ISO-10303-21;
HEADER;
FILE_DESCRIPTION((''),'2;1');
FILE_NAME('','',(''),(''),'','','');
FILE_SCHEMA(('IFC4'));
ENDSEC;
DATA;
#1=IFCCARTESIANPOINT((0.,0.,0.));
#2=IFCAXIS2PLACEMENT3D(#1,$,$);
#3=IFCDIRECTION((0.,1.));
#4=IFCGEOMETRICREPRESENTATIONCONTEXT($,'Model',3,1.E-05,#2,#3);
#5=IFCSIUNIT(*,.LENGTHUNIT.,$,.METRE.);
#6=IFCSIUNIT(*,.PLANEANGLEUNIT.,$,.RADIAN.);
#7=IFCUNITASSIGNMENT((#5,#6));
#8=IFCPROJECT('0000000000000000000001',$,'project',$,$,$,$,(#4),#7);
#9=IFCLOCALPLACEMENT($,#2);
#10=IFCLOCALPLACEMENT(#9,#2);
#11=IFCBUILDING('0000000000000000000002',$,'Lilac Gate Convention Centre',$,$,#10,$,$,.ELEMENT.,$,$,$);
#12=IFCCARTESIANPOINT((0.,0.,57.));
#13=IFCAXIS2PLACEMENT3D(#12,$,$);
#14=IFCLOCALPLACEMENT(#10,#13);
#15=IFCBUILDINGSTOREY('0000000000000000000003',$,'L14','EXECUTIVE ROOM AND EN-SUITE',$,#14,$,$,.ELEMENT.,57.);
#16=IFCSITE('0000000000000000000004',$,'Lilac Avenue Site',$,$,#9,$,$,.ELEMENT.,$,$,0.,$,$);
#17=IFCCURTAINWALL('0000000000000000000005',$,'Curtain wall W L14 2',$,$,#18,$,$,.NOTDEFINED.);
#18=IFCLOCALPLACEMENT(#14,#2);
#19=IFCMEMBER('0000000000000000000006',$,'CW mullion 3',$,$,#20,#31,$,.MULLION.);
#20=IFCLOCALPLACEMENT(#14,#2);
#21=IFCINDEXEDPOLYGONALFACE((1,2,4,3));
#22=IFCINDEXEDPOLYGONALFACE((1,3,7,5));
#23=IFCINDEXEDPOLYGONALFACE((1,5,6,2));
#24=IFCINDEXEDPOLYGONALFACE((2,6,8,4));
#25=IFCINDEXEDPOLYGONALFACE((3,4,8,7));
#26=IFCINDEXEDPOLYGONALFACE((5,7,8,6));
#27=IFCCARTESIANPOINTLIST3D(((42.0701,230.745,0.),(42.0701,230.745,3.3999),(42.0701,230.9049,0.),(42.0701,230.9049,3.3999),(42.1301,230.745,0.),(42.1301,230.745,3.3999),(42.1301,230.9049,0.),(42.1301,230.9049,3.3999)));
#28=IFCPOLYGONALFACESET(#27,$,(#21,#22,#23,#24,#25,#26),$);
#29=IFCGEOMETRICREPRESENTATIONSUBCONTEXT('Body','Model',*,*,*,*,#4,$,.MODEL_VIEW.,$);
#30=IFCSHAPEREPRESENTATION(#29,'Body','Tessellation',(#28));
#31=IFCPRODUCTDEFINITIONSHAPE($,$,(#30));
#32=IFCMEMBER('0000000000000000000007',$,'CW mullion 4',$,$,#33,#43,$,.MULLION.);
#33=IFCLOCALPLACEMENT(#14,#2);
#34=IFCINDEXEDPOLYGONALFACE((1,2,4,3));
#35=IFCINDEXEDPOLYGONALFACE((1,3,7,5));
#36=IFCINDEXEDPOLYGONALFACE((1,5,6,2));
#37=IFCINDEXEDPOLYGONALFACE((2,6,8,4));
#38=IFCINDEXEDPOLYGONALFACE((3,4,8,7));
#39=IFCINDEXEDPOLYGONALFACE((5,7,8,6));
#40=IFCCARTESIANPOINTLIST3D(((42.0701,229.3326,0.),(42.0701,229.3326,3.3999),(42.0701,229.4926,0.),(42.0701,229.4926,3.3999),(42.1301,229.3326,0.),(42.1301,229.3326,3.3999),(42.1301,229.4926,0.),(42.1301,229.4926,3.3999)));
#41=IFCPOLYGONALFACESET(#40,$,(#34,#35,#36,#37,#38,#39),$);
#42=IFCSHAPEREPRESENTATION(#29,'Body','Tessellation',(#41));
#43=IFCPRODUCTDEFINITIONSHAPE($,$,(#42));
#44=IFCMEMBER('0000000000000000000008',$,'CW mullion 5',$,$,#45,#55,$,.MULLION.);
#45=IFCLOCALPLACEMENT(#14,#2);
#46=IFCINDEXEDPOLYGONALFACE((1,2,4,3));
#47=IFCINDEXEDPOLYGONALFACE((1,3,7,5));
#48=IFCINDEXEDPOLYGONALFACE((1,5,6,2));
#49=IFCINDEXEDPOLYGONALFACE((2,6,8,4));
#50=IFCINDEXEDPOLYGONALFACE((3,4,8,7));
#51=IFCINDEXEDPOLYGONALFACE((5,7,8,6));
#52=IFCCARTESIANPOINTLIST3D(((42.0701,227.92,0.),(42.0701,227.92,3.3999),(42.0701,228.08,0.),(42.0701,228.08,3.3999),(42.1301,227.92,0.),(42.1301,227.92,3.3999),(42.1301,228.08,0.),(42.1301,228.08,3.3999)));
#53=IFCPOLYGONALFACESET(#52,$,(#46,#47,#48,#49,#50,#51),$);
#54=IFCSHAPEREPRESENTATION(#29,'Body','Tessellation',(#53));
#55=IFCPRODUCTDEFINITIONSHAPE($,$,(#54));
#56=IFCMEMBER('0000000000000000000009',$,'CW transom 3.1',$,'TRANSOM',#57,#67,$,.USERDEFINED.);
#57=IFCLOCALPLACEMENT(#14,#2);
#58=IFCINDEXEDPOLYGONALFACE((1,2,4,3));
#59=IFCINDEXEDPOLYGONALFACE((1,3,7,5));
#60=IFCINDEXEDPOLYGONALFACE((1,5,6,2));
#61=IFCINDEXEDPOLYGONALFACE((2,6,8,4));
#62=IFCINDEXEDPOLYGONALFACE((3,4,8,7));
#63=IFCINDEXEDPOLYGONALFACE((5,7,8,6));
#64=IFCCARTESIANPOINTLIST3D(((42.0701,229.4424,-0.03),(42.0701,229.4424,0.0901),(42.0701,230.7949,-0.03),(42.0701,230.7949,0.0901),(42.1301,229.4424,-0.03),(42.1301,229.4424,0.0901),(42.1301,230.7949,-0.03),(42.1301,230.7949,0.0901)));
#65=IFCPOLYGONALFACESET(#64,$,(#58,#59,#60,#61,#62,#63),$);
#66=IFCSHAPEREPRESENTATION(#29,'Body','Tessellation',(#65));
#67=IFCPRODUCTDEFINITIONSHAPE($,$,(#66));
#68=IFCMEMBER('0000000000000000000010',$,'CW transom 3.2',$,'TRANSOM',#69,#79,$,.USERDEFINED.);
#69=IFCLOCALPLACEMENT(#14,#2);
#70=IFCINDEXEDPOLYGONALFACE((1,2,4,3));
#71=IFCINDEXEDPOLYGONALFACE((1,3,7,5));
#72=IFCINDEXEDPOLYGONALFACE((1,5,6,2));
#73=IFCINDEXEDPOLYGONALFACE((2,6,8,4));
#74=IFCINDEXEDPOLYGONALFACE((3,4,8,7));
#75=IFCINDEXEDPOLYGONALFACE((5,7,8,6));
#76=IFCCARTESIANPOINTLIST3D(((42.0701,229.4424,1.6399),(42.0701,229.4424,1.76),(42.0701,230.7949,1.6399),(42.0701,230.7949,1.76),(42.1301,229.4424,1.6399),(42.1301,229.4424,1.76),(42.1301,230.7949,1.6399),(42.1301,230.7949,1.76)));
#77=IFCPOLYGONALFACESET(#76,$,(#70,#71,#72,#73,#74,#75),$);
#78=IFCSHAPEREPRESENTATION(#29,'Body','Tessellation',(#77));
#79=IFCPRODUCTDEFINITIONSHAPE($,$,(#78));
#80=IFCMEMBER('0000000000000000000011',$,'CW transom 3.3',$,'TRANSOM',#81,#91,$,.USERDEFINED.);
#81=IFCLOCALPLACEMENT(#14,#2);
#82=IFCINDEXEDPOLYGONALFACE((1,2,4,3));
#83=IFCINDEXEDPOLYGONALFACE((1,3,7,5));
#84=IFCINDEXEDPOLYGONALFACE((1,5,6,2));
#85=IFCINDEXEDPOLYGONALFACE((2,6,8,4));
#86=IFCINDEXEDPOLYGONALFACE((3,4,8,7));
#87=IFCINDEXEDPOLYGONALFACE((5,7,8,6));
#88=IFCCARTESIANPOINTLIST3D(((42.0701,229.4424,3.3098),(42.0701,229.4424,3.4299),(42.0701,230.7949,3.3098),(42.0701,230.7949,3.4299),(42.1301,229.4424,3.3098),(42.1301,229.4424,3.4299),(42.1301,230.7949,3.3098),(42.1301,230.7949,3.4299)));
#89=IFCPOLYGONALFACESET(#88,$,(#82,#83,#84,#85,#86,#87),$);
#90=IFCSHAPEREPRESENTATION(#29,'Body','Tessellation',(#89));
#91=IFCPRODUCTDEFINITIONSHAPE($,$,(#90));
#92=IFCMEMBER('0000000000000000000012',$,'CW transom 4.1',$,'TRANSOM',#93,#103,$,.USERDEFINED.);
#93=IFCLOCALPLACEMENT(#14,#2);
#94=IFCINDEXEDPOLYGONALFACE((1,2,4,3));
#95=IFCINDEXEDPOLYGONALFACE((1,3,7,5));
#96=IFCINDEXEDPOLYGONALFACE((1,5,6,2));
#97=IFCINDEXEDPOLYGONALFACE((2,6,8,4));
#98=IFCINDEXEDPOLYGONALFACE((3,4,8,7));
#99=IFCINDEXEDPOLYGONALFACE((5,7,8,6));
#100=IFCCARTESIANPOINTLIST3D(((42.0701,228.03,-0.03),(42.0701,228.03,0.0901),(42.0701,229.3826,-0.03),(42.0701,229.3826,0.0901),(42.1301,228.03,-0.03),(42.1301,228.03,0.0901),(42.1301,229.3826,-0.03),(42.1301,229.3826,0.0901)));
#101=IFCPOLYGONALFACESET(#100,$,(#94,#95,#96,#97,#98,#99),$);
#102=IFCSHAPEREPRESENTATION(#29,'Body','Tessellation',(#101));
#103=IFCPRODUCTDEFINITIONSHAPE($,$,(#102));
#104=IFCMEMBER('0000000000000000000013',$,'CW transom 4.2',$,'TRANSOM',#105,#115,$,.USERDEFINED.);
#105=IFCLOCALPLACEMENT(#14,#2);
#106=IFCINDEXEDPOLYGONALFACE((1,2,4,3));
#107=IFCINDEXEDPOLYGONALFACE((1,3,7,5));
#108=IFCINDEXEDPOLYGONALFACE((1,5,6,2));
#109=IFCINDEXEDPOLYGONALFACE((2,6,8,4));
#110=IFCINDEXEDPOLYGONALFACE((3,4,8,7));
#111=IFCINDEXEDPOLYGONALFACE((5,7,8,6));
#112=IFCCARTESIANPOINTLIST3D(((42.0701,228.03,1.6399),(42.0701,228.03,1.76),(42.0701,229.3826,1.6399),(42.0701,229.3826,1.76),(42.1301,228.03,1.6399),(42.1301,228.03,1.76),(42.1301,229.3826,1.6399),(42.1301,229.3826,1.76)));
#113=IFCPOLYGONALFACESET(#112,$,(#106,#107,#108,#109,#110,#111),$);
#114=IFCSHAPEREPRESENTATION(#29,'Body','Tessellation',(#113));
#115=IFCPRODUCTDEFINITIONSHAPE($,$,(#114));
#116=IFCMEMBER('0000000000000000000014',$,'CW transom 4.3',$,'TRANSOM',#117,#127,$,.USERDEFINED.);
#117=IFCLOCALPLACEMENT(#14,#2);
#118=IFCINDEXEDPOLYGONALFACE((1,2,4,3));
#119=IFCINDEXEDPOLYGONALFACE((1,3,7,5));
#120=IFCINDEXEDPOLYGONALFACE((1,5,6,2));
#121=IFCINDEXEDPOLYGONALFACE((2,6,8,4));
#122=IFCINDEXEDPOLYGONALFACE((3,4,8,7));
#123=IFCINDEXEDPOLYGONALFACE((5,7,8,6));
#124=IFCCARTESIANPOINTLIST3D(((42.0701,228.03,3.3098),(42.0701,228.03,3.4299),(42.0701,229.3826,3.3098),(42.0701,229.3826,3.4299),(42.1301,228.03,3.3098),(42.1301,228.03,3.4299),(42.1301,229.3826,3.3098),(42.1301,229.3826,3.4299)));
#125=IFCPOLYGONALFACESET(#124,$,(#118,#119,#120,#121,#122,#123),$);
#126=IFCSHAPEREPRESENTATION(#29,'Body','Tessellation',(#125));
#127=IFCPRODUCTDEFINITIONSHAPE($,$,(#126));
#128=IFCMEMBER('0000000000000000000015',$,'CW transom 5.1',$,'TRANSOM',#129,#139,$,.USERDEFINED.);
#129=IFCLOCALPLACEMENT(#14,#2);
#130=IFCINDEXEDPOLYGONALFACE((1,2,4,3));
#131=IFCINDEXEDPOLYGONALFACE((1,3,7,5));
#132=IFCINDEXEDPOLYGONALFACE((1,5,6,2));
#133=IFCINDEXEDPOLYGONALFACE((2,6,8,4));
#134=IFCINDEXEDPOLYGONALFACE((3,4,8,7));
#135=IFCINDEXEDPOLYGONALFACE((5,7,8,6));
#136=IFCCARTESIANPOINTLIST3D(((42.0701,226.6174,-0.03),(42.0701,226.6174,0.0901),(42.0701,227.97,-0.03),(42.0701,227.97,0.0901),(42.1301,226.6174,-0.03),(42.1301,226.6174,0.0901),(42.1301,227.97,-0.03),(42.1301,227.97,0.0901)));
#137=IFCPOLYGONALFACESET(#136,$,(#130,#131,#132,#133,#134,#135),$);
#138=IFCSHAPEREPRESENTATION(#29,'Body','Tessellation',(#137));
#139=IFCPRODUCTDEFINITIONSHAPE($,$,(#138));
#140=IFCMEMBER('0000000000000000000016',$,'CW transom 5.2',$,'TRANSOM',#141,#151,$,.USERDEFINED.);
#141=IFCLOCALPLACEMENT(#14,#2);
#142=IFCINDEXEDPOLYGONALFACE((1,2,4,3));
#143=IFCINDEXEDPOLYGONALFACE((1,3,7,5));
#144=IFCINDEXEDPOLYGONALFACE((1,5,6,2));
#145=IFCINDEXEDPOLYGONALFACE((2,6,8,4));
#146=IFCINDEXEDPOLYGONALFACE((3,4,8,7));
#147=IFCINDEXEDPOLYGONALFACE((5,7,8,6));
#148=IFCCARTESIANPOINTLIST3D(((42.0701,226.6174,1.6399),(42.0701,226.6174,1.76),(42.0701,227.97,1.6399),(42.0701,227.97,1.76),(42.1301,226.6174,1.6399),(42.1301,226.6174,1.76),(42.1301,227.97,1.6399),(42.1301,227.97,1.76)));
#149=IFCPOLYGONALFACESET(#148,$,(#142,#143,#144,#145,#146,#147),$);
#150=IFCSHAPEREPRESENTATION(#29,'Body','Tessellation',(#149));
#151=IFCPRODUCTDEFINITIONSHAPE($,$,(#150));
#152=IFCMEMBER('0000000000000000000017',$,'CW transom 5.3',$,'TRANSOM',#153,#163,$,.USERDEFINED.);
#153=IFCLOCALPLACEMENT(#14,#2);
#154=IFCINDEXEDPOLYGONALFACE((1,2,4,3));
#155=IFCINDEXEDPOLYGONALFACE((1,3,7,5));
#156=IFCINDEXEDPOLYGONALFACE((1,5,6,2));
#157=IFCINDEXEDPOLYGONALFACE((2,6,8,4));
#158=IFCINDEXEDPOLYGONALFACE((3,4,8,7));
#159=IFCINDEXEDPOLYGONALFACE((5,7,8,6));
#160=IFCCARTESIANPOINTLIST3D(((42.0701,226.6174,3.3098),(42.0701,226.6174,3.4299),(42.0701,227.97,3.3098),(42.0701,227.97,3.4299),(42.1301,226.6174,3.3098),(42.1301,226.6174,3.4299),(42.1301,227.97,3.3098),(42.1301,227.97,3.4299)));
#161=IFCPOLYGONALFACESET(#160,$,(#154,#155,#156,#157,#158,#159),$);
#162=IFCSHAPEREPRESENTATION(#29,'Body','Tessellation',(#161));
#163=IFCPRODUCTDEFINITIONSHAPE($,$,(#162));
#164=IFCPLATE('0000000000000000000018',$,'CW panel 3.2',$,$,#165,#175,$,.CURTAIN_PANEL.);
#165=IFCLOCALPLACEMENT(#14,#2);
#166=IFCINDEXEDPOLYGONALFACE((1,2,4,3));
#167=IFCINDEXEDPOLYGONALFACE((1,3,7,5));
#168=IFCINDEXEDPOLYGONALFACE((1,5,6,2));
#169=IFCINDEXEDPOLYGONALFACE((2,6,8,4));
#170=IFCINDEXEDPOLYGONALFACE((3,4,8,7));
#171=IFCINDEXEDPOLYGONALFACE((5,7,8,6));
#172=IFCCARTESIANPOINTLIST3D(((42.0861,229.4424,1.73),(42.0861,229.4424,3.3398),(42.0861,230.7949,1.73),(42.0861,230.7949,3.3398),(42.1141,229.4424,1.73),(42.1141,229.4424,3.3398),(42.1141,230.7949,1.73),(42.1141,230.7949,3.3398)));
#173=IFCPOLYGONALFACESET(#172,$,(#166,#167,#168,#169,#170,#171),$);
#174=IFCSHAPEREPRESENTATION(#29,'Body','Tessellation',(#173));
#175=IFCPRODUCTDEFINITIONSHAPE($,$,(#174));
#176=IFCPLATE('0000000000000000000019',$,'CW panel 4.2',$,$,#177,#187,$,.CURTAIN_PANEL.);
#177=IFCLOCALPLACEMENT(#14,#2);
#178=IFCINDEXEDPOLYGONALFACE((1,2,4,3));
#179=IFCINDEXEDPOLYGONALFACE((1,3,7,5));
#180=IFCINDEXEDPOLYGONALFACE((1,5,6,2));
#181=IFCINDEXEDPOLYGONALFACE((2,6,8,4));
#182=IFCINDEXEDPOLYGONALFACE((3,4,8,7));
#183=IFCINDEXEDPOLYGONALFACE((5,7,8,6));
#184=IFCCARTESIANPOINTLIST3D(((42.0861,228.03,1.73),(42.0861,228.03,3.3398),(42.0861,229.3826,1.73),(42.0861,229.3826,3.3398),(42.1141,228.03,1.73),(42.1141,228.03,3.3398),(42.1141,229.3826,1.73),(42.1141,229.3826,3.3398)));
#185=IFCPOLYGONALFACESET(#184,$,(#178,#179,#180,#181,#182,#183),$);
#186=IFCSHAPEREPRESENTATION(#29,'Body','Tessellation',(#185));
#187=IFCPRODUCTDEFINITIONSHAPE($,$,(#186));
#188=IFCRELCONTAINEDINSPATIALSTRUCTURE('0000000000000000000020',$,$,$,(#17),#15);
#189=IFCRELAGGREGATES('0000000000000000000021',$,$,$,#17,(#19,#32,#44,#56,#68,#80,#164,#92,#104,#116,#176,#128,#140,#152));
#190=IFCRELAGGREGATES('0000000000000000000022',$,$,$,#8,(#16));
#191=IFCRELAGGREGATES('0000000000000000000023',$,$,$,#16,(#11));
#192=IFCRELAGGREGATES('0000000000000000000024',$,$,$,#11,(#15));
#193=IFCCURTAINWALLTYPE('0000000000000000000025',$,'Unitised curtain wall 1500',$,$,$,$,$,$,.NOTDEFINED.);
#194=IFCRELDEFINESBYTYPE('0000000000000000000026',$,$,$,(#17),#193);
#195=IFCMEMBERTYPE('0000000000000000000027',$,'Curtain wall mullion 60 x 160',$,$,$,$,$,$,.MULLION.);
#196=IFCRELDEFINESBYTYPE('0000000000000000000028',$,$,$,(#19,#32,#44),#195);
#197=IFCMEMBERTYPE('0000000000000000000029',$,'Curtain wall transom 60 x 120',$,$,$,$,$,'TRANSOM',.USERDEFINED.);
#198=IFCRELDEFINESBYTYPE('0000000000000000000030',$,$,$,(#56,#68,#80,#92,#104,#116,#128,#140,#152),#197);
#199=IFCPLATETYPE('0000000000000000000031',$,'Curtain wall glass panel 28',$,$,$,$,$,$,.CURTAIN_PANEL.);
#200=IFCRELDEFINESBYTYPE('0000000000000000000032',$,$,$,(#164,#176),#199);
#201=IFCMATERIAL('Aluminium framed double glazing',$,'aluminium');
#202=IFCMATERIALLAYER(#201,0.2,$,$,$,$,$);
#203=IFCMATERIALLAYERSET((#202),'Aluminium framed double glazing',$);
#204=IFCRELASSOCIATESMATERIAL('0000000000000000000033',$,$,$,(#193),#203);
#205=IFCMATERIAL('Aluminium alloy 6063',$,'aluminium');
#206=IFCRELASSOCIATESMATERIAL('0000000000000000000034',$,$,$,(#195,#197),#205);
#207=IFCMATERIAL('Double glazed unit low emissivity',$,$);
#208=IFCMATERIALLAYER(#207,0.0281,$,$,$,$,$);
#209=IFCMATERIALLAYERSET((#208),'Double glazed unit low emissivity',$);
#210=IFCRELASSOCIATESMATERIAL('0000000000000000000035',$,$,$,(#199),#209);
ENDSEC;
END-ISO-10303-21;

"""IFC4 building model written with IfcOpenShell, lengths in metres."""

from ifc_helpers import new_model, si_unit, direction, frame, origin, origin_2d, place, context, subcontext, project, spatial, rectangle, extrude, material, layer, layer_set, material_profile, profile_set, type_object, element, aggregate, save


model = new_model("IFC4")

# Units and contexts
model_context = context("Model", 3, precision=1e-05, world=origin(), true_north=direction((0.0, 1.0)))
body_context = subcontext(model_context, "Body", "Model", "MODEL_VIEW")
ifc_project = project(units=[si_unit("LENGTHUNIT", "METRE"), si_unit("PLANEANGLEUNIT", "RADIAN")], contexts=[model_context])

# Site, building, storey
site_placement = place(None, origin())
site = spatial("IfcSite", under=ifc_project, at=site_placement, Name="Lilac Avenue Site", CompositionType="ELEMENT", RefElevation=0.0)
building_placement = place(site_placement, origin())
building = spatial("IfcBuilding", under=site, at=building_placement, Name="Lilac Gate Convention Centre", CompositionType="ELEMENT")
storey_placement = place(building_placement, frame((0.0, 0.0, 57.0)))
storey = spatial("IfcBuildingStorey", under=building, at=storey_placement, Name="L14", Description="EXECUTIVE ROOM AND EN-SUITE", CompositionType="ELEMENT", Elevation=57.0)

# Curtain wall, members, plates
ifc_material_1 = material(Name="Aluminium framed double glazing", Category="aluminium")
ifc_layer_1 = layer(ifc_material_1, 0.2)
ifc_layer_set_1 = layer_set([ifc_layer_1], Name="Aluminium framed double glazing")
curtain_wall_type = type_object("IfcCurtainWallType", Name="Unitised curtain wall 1500", PredefinedType="NOTDEFINED", material=ifc_layer_set_1)
curtain_wall_placement = place(storey_placement, origin())
curtain_wall = element("IfcCurtainWall", 1, at=curtain_wall_placement, inside=storey, type_object=curtain_wall_type, Name="Curtain wall W L14 2", PredefinedType="NOTDEFINED")
ifc_material_2 = material(Name="Aluminium alloy 6063", Category="aluminium")
ifc_material_profile_1 = material_profile(ifc_material_2, rectangle(XDim=0.0601, YDim=0.1599, at=origin_2d()), Name="Curtain wall mullion 60 x 160")
ifc_profile_set_1 = profile_set([ifc_material_profile_1], Name="Aluminium alloy 6063")
member_type_1 = type_object("IfcMemberType", Name="Curtain wall mullion 60 x 160", PredefinedType="MULLION", material=ifc_profile_set_1)
member_1_placement = place(storey_placement, frame((42.1001, 230.825, 0.0), z_axis=(0.0, 0.0, 1.0), x_axis=(1.0, 0.0, 0.0)))
member_1 = element("IfcMember", 2, at=member_1_placement, type_object=member_type_1, Name="CW mullion 3", PredefinedType="MULLION", context=body_context, shape_type="SweptSolid", body=[
    extrude(rectangle(XDim=0.0601, YDim=0.1599, at=origin_2d()), origin(), (0.0, 0.0, 1.0), 3.3999),
])
member_2_placement = place(storey_placement, frame((42.1001, 229.4126, 0.0), z_axis=(0.0, 0.0, 1.0), x_axis=(1.0, 0.0, 0.0)))
member_2 = element("IfcMember", 3, at=member_2_placement, type_object=member_type_1, Name="CW mullion 4", PredefinedType="MULLION", context=body_context, shape_type="SweptSolid", body=[
    extrude(rectangle(XDim=0.0601, YDim=0.1599, at=origin_2d()), origin(), (0.0, 0.0, 1.0), 3.3999),
])
member_3_placement = place(storey_placement, frame((42.1001, 228.0, 0.0), z_axis=(0.0, 0.0, 1.0), x_axis=(1.0, 0.0, 0.0)))
member_3 = element("IfcMember", 4, at=member_3_placement, type_object=member_type_1, Name="CW mullion 5", PredefinedType="MULLION", context=body_context, shape_type="SweptSolid", body=[
    extrude(rectangle(XDim=0.0601, YDim=0.1599, at=origin_2d()), origin(), (0.0, 0.0, 1.0), 3.3999),
])
ifc_material_profile_2 = material_profile(ifc_material_2, rectangle(XDim=0.0601, YDim=0.1201, at=origin_2d()), Name="Curtain wall transom 60 x 120")
ifc_profile_set_2 = profile_set([ifc_material_profile_2], Name="Aluminium alloy 6063")
member_type_2 = type_object("IfcMemberType", Name="Curtain wall transom 60 x 120", ElementType="TRANSOM", PredefinedType="USERDEFINED", material=ifc_profile_set_2)
member_4_placement = place(storey_placement, frame((42.1001, 230.7949, 0.03), z_axis=(0.0, -1.0, 0.0), x_axis=(1.0, 0.0, 0.0)))
member_4 = element("IfcMember", 5, at=member_4_placement, type_object=member_type_2, Name="CW transom 3.1", ObjectType="TRANSOM", PredefinedType="USERDEFINED", context=body_context, shape_type="SweptSolid", body=[
    extrude(rectangle(XDim=0.0601, YDim=0.1201, at=origin_2d()), origin(), (0.0, 0.0, 1.0), 1.3525),
])
member_5_placement = place(storey_placement, frame((42.1001, 230.7949, 1.7), z_axis=(0.0, -1.0, 0.0), x_axis=(1.0, 0.0, 0.0)))
member_5 = element("IfcMember", 6, at=member_5_placement, type_object=member_type_2, Name="CW transom 3.2", ObjectType="TRANSOM", PredefinedType="USERDEFINED", context=body_context, shape_type="SweptSolid", body=[
    extrude(rectangle(XDim=0.0601, YDim=0.1201, at=origin_2d()), origin(), (0.0, 0.0, 1.0), 1.3525),
])
member_6_placement = place(storey_placement, frame((42.1001, 230.7949, 3.3699), z_axis=(0.0, -1.0, 0.0), x_axis=(1.0, 0.0, 0.0)))
member_6 = element("IfcMember", 7, at=member_6_placement, type_object=member_type_2, Name="CW transom 3.3", ObjectType="TRANSOM", PredefinedType="USERDEFINED", context=body_context, shape_type="SweptSolid", body=[
    extrude(rectangle(XDim=0.0601, YDim=0.1201, at=origin_2d()), origin(), (0.0, 0.0, 1.0), 1.3525),
])
member_7_placement = place(storey_placement, frame((42.1001, 229.3826, 0.03), z_axis=(0.0, -1.0, 0.0), x_axis=(1.0, 0.0, 0.0)))
member_7 = element("IfcMember", 8, at=member_7_placement, type_object=member_type_2, Name="CW transom 4.1", ObjectType="TRANSOM", PredefinedType="USERDEFINED", context=body_context, shape_type="SweptSolid", body=[
    extrude(rectangle(XDim=0.0601, YDim=0.1201, at=origin_2d()), origin(), (0.0, 0.0, 1.0), 1.3525),
])
member_8_placement = place(storey_placement, frame((42.1001, 229.3826, 1.7), z_axis=(0.0, -1.0, 0.0), x_axis=(1.0, 0.0, 0.0)))
member_8 = element("IfcMember", 9, at=member_8_placement, type_object=member_type_2, Name="CW transom 4.2", ObjectType="TRANSOM", PredefinedType="USERDEFINED", context=body_context, shape_type="SweptSolid", body=[
    extrude(rectangle(XDim=0.0601, YDim=0.1201, at=origin_2d()), origin(), (0.0, 0.0, 1.0), 1.3525),
])
member_9_placement = place(storey_placement, frame((42.1001, 229.3826, 3.3699), z_axis=(0.0, -1.0, 0.0), x_axis=(1.0, 0.0, 0.0)))
member_9 = element("IfcMember", 10, at=member_9_placement, type_object=member_type_2, Name="CW transom 4.3", ObjectType="TRANSOM", PredefinedType="USERDEFINED", context=body_context, shape_type="SweptSolid", body=[
    extrude(rectangle(XDim=0.0601, YDim=0.1201, at=origin_2d()), origin(), (0.0, 0.0, 1.0), 1.3525),
])
member_10_placement = place(storey_placement, frame((42.1001, 227.97, 0.03), z_axis=(0.0, -1.0, 0.0), x_axis=(1.0, 0.0, 0.0)))
member_10 = element("IfcMember", 11, at=member_10_placement, type_object=member_type_2, Name="CW transom 5.1", ObjectType="TRANSOM", PredefinedType="USERDEFINED", context=body_context, shape_type="SweptSolid", body=[
    extrude(rectangle(XDim=0.0601, YDim=0.1201, at=origin_2d()), origin(), (0.0, 0.0, 1.0), 1.3525),
])
member_11_placement = place(storey_placement, frame((42.1001, 227.97, 1.7), z_axis=(0.0, -1.0, 0.0), x_axis=(1.0, 0.0, 0.0)))
member_11 = element("IfcMember", 12, at=member_11_placement, type_object=member_type_2, Name="CW transom 5.2", ObjectType="TRANSOM", PredefinedType="USERDEFINED", context=body_context, shape_type="SweptSolid", body=[
    extrude(rectangle(XDim=0.0601, YDim=0.1201, at=origin_2d()), origin(), (0.0, 0.0, 1.0), 1.3525),
])
member_12_placement = place(storey_placement, frame((42.1001, 227.97, 3.3699), z_axis=(0.0, -1.0, 0.0), x_axis=(1.0, 0.0, 0.0)))
member_12 = element("IfcMember", 13, at=member_12_placement, type_object=member_type_2, Name="CW transom 5.3", ObjectType="TRANSOM", PredefinedType="USERDEFINED", context=body_context, shape_type="SweptSolid", body=[
    extrude(rectangle(XDim=0.0601, YDim=0.1201, at=origin_2d()), origin(), (0.0, 0.0, 1.0), 1.3525),
])
ifc_material_3 = material(Name="Double glazed unit low emissivity")
ifc_layer_2 = layer(ifc_material_3, 0.0281)
ifc_layer_set_2 = layer_set([ifc_layer_2], Name="Double glazed unit low emissivity")
plate_type_1 = type_object("IfcPlateType", Name="Curtain wall glass panel 28", PredefinedType="CURTAIN_PANEL", material=ifc_layer_set_2)
plate_1_placement = place(storey_placement, frame((42.1001, 230.1187, 1.73), z_axis=(0.0, 0.0, 1.0), x_axis=(0.0, -1.0, 0.0)))
plate_1 = element("IfcPlate", 14, at=plate_1_placement, type_object=plate_type_1, Name="CW panel 3.2", PredefinedType="CURTAIN_PANEL", context=body_context, shape_type="SweptSolid", body=[
    extrude(rectangle(XDim=1.3525, YDim=0.0281, at=origin_2d()), origin(), (0.0, 0.0, 1.0), 1.6099),
])
plate_2_placement = place(storey_placement, frame((42.1001, 228.7063, 1.73), z_axis=(0.0, 0.0, 1.0), x_axis=(0.0, -1.0, 0.0)))
plate_2 = element("IfcPlate", 15, at=plate_2_placement, type_object=plate_type_1, Name="CW panel 4.2", PredefinedType="CURTAIN_PANEL", context=body_context, shape_type="SweptSolid", body=[
    extrude(rectangle(XDim=1.3525, YDim=0.0281, at=origin_2d()), origin(), (0.0, 0.0, 1.0), 1.6099),
])
aggregate(curtain_wall, [member_1, member_2, member_3, member_4, member_5, member_6, plate_1, member_7, member_8, member_9, plate_2, member_10, member_11, member_12])

save(model, "model.ifc")
